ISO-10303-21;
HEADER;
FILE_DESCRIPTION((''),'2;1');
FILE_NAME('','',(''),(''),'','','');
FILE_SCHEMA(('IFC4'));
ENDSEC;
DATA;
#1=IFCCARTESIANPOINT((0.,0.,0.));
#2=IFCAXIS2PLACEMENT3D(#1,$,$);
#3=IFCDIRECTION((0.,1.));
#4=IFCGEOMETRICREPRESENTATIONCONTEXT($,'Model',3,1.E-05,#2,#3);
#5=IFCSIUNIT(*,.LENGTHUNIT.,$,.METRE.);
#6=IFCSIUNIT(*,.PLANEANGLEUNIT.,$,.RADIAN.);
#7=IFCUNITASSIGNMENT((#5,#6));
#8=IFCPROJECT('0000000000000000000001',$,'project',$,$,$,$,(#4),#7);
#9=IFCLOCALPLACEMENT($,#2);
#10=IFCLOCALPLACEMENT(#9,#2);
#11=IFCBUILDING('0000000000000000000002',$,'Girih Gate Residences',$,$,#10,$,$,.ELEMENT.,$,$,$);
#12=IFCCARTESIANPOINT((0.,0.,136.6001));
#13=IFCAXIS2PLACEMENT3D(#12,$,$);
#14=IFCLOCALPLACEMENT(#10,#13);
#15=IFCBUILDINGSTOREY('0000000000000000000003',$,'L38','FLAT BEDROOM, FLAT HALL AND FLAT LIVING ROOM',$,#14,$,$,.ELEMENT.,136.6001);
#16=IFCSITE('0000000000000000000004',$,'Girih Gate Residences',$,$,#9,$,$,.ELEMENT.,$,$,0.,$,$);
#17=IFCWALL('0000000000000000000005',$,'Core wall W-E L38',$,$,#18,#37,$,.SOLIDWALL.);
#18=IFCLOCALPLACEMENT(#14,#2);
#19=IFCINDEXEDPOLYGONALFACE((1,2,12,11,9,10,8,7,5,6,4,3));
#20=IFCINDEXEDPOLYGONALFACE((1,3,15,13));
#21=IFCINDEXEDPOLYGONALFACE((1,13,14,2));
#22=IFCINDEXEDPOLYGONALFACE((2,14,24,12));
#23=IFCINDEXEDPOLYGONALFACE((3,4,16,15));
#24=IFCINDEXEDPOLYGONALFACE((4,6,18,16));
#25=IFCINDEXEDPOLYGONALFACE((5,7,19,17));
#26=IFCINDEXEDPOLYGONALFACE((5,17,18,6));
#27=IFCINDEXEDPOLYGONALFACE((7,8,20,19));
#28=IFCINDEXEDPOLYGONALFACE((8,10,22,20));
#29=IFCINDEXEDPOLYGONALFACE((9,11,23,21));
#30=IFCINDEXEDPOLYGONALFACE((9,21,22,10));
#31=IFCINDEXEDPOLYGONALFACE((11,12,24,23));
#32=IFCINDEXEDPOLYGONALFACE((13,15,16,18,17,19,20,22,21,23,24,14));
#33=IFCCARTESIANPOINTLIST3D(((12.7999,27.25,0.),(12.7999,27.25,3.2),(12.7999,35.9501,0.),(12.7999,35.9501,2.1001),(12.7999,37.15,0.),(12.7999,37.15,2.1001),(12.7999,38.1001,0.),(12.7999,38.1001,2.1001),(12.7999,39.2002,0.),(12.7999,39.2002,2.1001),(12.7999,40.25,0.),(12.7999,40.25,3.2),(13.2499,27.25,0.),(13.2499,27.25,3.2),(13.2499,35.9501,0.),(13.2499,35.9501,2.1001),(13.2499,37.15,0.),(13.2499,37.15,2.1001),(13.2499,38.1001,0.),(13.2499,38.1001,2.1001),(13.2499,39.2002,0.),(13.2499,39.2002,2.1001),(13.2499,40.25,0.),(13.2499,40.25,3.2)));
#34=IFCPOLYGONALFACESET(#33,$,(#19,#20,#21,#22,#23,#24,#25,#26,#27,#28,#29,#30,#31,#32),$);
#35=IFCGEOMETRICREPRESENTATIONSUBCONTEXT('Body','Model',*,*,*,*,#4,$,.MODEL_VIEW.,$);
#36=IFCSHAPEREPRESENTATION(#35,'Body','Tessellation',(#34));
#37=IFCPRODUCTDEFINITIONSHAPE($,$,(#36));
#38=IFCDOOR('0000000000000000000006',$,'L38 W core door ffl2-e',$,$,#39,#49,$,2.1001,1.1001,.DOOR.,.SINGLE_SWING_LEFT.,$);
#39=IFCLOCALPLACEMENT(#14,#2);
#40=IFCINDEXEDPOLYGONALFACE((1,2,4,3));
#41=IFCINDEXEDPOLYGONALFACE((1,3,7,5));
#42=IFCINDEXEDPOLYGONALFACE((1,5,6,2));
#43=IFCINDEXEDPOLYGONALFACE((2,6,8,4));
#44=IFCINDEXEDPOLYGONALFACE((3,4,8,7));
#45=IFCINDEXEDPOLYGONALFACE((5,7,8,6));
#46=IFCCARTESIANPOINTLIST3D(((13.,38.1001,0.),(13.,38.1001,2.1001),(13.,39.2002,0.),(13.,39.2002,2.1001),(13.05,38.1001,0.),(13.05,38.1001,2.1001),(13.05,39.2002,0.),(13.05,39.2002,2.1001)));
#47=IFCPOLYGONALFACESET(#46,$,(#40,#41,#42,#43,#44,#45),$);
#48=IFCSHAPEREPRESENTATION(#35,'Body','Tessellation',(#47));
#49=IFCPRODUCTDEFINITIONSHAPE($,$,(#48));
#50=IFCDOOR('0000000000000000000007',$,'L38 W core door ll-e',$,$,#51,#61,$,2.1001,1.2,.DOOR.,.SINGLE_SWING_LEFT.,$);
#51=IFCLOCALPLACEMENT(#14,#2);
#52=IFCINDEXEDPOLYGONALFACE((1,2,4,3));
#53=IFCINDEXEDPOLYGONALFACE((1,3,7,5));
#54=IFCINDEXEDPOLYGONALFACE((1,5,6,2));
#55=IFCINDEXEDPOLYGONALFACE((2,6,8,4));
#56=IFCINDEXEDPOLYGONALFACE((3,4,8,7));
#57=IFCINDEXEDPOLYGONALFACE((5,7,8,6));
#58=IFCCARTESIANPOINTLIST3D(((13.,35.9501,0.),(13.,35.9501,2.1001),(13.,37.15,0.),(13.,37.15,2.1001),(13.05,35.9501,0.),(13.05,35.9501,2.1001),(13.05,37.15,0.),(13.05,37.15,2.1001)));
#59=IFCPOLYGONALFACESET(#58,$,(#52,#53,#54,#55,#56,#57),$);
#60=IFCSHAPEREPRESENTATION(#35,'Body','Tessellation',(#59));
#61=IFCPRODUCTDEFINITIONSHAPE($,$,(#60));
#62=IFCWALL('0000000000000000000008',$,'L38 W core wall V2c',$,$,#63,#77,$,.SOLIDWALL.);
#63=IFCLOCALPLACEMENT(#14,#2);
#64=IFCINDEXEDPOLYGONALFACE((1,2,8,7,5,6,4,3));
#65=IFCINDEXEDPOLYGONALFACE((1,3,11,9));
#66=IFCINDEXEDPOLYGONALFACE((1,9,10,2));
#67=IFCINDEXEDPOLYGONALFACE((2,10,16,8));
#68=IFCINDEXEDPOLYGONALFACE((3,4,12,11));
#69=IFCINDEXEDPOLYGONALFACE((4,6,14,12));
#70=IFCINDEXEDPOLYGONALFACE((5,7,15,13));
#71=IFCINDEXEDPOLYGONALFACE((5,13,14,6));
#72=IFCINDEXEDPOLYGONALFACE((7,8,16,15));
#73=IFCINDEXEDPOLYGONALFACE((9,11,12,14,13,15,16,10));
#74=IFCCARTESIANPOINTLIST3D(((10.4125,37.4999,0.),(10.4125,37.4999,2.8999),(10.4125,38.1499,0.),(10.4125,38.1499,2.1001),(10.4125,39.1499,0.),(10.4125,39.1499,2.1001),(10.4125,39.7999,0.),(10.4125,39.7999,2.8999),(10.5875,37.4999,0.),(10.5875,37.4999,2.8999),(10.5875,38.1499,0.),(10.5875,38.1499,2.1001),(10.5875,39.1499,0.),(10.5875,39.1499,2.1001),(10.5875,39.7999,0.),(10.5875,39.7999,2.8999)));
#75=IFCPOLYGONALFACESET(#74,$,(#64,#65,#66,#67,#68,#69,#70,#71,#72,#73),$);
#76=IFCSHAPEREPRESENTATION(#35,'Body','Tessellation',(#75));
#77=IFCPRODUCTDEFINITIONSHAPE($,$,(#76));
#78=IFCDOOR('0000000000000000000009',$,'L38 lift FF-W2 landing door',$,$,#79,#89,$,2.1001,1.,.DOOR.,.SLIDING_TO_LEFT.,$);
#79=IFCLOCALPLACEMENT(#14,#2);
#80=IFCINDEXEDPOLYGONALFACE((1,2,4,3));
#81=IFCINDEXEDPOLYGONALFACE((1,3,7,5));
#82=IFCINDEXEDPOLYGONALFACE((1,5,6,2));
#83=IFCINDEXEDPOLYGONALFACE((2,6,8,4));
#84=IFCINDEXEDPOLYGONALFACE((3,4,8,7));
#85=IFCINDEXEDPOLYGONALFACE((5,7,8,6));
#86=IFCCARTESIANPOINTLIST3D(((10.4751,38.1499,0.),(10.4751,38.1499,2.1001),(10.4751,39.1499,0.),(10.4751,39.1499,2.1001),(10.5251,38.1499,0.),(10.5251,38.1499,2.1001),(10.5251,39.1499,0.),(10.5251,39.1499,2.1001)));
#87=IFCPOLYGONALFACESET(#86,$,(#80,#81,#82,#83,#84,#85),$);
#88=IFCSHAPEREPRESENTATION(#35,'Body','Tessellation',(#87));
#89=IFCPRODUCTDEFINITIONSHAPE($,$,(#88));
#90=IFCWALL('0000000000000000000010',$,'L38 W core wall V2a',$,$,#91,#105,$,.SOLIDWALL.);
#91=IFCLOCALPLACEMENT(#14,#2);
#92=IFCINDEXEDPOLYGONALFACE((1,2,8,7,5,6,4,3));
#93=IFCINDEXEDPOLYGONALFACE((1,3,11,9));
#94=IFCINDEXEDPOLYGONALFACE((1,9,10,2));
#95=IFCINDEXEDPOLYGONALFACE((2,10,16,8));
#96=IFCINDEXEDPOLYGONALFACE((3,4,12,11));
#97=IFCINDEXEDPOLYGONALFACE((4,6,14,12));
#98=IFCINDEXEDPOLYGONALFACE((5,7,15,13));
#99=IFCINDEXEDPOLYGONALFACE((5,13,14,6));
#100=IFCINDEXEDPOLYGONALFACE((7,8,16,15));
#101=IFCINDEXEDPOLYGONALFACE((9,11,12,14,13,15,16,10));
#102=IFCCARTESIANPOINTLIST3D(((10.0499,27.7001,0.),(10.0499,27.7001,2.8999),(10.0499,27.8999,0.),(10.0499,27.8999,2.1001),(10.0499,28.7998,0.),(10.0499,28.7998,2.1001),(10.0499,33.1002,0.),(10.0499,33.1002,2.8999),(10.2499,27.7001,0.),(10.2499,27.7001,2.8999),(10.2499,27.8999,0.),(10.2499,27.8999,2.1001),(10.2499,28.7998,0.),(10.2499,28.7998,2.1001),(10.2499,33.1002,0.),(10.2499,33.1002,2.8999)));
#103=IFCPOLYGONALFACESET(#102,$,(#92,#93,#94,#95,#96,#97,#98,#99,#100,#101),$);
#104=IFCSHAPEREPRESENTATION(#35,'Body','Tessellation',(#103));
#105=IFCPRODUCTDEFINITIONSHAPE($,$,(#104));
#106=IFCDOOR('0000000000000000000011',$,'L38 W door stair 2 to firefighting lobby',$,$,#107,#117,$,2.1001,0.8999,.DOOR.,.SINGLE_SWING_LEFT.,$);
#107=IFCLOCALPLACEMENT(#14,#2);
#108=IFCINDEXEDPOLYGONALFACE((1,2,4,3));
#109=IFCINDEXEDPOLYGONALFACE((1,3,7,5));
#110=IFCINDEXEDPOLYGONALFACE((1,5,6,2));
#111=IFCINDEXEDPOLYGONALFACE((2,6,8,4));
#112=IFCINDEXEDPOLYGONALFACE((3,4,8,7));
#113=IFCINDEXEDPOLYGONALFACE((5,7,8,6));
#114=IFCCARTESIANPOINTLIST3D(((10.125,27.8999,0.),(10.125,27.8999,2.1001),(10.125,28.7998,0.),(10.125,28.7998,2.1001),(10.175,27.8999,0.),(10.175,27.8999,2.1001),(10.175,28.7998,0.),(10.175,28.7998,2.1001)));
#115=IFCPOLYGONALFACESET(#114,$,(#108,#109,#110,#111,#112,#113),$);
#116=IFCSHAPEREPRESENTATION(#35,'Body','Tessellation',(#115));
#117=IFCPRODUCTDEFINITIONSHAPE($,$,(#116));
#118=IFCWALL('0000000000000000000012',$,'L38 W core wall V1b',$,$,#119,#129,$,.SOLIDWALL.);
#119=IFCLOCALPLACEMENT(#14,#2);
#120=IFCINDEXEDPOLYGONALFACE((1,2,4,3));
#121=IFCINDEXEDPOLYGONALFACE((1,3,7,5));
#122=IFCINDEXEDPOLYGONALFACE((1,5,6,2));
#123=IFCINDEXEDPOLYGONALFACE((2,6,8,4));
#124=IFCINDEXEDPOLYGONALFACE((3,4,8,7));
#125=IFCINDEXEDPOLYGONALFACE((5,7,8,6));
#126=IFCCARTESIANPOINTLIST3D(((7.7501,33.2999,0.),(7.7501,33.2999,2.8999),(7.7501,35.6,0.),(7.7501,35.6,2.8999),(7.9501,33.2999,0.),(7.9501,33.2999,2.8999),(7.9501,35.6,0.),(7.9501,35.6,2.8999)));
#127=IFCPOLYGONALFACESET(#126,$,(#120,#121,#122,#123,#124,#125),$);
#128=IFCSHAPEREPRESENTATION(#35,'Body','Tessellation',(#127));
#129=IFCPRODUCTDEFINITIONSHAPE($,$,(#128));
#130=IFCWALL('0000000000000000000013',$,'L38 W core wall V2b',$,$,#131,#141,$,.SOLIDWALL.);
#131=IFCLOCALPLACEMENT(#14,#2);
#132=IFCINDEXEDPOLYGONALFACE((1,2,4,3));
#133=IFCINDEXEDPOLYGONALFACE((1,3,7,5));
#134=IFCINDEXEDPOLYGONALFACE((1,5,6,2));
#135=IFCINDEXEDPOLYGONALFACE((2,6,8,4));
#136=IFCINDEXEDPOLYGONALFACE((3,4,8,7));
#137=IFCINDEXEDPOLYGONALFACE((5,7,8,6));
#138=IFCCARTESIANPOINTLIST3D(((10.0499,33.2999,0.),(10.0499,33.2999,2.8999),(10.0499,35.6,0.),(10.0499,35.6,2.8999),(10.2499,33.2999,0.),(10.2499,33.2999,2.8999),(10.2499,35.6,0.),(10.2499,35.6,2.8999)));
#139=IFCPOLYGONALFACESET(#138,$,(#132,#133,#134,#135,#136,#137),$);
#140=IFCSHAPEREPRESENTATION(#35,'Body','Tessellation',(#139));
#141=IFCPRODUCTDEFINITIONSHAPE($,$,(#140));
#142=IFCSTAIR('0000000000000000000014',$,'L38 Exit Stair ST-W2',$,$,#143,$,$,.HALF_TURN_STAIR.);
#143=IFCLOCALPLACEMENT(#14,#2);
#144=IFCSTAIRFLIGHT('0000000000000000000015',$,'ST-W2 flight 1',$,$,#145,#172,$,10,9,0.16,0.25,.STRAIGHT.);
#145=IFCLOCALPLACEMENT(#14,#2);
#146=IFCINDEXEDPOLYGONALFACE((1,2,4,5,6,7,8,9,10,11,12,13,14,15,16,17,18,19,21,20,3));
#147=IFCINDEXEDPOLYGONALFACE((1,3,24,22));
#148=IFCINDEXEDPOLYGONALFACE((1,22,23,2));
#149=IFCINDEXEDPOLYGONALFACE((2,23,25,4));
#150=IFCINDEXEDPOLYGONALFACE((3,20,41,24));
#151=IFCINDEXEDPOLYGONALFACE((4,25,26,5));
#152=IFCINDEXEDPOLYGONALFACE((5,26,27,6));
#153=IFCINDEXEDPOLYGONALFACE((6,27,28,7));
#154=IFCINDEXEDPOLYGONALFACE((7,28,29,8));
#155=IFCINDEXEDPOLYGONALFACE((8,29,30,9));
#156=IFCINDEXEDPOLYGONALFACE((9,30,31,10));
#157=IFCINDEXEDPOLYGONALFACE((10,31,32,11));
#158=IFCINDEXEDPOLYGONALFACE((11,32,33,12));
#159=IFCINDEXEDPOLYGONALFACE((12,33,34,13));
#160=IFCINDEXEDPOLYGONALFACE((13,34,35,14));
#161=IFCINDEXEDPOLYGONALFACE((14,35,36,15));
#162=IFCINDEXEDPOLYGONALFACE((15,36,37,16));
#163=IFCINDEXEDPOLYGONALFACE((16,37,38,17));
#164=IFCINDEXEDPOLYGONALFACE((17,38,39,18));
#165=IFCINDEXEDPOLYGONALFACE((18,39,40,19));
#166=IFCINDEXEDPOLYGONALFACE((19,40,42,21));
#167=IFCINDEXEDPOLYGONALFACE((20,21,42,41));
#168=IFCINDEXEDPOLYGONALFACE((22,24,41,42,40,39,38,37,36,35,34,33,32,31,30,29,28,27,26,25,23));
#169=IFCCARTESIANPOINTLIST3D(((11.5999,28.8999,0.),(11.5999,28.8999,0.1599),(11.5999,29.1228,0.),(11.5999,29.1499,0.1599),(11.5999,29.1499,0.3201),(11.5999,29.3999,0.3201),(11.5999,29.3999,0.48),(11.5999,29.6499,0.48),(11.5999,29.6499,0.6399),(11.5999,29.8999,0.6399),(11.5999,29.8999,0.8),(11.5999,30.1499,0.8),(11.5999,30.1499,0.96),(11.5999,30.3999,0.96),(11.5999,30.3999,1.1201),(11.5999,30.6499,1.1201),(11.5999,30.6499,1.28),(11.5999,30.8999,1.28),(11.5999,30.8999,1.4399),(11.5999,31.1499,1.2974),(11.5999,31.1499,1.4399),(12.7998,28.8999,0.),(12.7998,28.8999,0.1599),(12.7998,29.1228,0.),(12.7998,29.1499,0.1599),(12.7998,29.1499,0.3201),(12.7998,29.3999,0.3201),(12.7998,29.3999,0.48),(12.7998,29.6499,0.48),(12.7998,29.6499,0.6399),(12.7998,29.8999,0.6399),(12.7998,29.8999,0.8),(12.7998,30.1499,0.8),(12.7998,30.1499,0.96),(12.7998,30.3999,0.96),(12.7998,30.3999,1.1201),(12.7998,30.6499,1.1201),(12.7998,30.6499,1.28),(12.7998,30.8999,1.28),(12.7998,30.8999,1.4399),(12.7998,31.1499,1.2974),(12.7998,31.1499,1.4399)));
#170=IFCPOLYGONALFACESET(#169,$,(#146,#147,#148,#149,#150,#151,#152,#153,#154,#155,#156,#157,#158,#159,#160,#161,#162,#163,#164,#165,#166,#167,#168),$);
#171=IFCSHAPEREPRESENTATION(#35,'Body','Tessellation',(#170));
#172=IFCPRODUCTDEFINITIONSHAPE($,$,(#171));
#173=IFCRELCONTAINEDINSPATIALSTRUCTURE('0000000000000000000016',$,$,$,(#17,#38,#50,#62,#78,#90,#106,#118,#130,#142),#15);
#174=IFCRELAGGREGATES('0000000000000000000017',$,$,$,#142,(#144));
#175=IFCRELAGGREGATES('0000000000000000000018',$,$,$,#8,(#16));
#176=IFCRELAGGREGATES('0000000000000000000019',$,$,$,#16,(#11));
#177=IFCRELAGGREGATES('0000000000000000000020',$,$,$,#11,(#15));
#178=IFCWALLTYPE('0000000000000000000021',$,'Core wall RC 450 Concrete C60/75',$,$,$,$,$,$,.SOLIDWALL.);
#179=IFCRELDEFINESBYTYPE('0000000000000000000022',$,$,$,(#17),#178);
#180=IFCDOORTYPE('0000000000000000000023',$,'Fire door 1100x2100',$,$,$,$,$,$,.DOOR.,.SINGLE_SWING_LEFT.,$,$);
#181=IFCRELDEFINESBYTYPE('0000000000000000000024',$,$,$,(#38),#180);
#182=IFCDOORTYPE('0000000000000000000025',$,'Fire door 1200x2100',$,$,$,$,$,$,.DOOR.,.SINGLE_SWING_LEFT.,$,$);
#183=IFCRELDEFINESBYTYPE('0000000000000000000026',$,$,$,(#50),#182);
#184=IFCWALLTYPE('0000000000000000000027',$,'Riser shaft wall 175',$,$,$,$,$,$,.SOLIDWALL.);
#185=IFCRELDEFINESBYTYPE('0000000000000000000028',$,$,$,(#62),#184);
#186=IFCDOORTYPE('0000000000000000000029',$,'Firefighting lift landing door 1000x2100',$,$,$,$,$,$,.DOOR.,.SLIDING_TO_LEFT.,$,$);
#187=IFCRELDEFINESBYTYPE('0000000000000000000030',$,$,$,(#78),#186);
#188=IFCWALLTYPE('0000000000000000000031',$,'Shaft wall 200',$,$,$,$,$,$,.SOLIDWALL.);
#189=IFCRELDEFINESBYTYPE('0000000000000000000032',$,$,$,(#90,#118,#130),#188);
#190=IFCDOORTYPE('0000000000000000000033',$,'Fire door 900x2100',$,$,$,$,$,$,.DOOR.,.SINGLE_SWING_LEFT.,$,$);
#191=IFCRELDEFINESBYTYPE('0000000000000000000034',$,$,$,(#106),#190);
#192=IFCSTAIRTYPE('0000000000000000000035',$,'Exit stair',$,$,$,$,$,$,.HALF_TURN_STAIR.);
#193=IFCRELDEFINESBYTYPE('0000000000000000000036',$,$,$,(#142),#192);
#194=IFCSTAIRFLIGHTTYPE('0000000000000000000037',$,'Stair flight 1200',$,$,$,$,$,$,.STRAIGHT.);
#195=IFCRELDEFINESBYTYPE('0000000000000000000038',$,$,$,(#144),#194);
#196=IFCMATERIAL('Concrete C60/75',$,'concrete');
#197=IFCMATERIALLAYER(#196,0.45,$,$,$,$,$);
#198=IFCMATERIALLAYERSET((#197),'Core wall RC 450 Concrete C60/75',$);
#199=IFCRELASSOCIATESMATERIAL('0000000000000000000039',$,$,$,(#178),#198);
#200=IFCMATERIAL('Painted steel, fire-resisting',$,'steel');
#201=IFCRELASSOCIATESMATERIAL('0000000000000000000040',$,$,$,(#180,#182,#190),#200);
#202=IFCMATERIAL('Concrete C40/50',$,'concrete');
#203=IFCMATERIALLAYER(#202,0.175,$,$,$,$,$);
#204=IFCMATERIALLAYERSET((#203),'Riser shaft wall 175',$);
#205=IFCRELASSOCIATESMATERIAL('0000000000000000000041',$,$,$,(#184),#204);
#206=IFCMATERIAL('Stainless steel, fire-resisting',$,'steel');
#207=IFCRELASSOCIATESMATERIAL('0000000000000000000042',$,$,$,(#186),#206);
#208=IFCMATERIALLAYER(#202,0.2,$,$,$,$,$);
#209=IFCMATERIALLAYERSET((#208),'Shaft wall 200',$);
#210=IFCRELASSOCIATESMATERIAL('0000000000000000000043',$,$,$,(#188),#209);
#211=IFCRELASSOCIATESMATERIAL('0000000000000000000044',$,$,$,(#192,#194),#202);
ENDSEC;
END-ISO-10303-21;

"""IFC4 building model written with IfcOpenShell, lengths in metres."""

from ifc_helpers import new_model, si_unit, direction, frame, frame_2d, origin, place, context, subcontext, project, spatial, polyline, rectangle, outline, extrude, material, layer, layer_set, type_object, element, fill, aggregate, save


model = new_model("IFC4")

# Units and contexts
model_context = context("Model", 3, precision=1e-05, world=origin(), true_north=direction((0.0, 1.0)))
body_context = subcontext(model_context, "Body", "Model", "MODEL_VIEW")
ifc_project = project(units=[si_unit("LENGTHUNIT", "METRE"), si_unit("PLANEANGLEUNIT", "RADIAN")], contexts=[model_context])

# Site, building, storey
site_placement = place(None, origin())
site = spatial("IfcSite", under=ifc_project, at=site_placement, Name="Girih Gate Residences", CompositionType="ELEMENT", RefElevation=0.0)
building_placement = place(site_placement, origin())
building = spatial("IfcBuilding", under=site, at=building_placement, Name="Girih Gate Residences", CompositionType="ELEMENT")
storey_placement = place(building_placement, frame((0.0, 0.0, 136.6001)))
storey = spatial("IfcBuildingStorey", under=building, at=storey_placement, Name="L38", Description="FLAT BEDROOM, FLAT HALL AND FLAT LIVING ROOM", CompositionType="ELEMENT", Elevation=136.6001)

# Shared definitions
ifc_material_1 = material(Name="Concrete C60/75", Category="concrete")

# Wall, openings, doors
ifc_layer_1 = layer(ifc_material_1, 0.45)
ifc_layer_set_1 = layer_set([ifc_layer_1], Name="Core wall RC 450 Concrete C60/75")
wall_type_1 = type_object("IfcWallType", Name="Core wall RC 450 Concrete C60/75", PredefinedType="SOLIDWALL", material=ifc_layer_set_1)
wall_1_placement = place(storey_placement, frame((13.0249, 27.25, 0.0), z_axis=(0.0, 0.0, 1.0), x_axis=(0.0, 1.0, 0.0)))
wall_1 = element("IfcWall", 1, at=wall_1_placement, inside=storey, type_object=wall_type_1, Name="Core wall W-E L38", PredefinedType="SOLIDWALL", context=body_context, shape_type="SweptSolid", body=[
    extrude(rectangle(XDim=13.0, YDim=0.45, at=frame_2d((6.5, 0.0))), origin(), (0.0, 0.0, 1.0), 3.2),
])
opening_1_placement = place(wall_1_placement, frame((10.8501, 0.0, 0.0)))
opening_1 = element("IfcOpeningElement", 2, at=opening_1_placement, cuts=wall_1, PredefinedType="OPENING", context=body_context, shape_type="SweptSolid", body=[
    extrude(rectangle(XDim=1.1001, YDim=2.1001, at=frame_2d((0.55, 1.05))), frame((0.0, 0.2349, 0.0), z_axis=(0.0, -1.0, 0.0), x_axis=(1.0, 0.0, 0.0)), (0.0, 0.0, 1.0), 0.47),
])
opening_2_placement = place(wall_1_placement, frame((8.7, 0.0, 0.0)))
opening_2 = element("IfcOpeningElement", 3, at=opening_2_placement, cuts=wall_1, PredefinedType="OPENING", context=body_context, shape_type="SweptSolid", body=[
    extrude(rectangle(XDim=1.2, YDim=2.1001, at=frame_2d((0.6001, 1.05))), frame((0.0, 0.2349, 0.0), z_axis=(0.0, -1.0, 0.0), x_axis=(1.0, 0.0, 0.0)), (0.0, 0.0, 1.0), 0.47),
])
ifc_material_2 = material(Name="Painted steel, fire-resisting", Category="steel")
door_type_1 = type_object("IfcDoorType", Name="Fire door 1100x2100", OperationType="SINGLE_SWING_LEFT", PredefinedType="DOOR", material=ifc_material_2)
door_1_placement = place(opening_1_placement, origin())
door_1 = element("IfcDoor", 4, at=door_1_placement, inside=storey, type_object=door_type_1, Name="L38 W core door ffl2-e", OperationType="SINGLE_SWING_LEFT", OverallHeight=2.1001, OverallWidth=1.1001, PredefinedType="DOOR", context=body_context, shape_type="SweptSolid", body=[
    extrude(rectangle(XDim=1.1001, YDim=2.1001, at=frame_2d((0.55, 1.05))), frame((0.0, 0.0249, 0.0), z_axis=(0.0, -1.0, 0.0), x_axis=(1.0, 0.0, 0.0)), (0.0, 0.0, 1.0), 0.05),
])
fill(opening_1, door_1)
door_type_2 = type_object("IfcDoorType", Name="Fire door 1200x2100", OperationType="SINGLE_SWING_LEFT", PredefinedType="DOOR", material=ifc_material_2)
door_2_placement = place(opening_2_placement, origin())
door_2 = element("IfcDoor", 5, at=door_2_placement, inside=storey, type_object=door_type_2, Name="L38 W core door ll-e", OperationType="SINGLE_SWING_LEFT", OverallHeight=2.1001, OverallWidth=1.2, PredefinedType="DOOR", context=body_context, shape_type="SweptSolid", body=[
    extrude(rectangle(XDim=1.2, YDim=2.1001, at=frame_2d((0.6001, 1.05))), frame((0.0, 0.0249, 0.0), z_axis=(0.0, -1.0, 0.0), x_axis=(1.0, 0.0, 0.0)), (0.0, 0.0, 1.0), 0.05),
])
fill(opening_2, door_2)

# Walls, openings, doors
ifc_material_3 = material(Name="Concrete C40/50", Category="concrete")
ifc_layer_2 = layer(ifc_material_3, 0.175)
ifc_layer_set_2 = layer_set([ifc_layer_2], Name="Riser shaft wall 175")
wall_type_2 = type_object("IfcWallType", Name="Riser shaft wall 175", PredefinedType="SOLIDWALL", material=ifc_layer_set_2)
wall_2_placement = place(storey_placement, frame((10.5, 37.5, 0.0), z_axis=(0.0, 0.0, 1.0), x_axis=(0.0, 1.0, 0.0)))
wall_2 = element("IfcWall", 6, at=wall_2_placement, inside=storey, type_object=wall_type_2, Name="L38 W core wall V2c", PredefinedType="SOLIDWALL", context=body_context, shape_type="SweptSolid", body=[
    extrude(rectangle(XDim=2.3, YDim=0.175, at=frame_2d((1.1499, 0.0))), origin(), (0.0, 0.0, 1.0), 2.8999),
])
opening_3_placement = place(wall_2_placement, frame((0.6499, 0.0, 0.0)))
opening_3 = element("IfcOpeningElement", 7, at=opening_3_placement, cuts=wall_2, PredefinedType="OPENING", context=body_context, shape_type="SweptSolid", body=[
    extrude(rectangle(XDim=1.0, YDim=2.1001, at=frame_2d((0.5, 1.05))), frame((0.0, 0.0974, 0.0), z_axis=(0.0, -1.0, 0.0), x_axis=(1.0, 0.0, 0.0)), (0.0, 0.0, 1.0), 0.1951),
])
ifc_material_4 = material(Name="Stainless steel, fire-resisting", Category="steel")
door_type_3 = type_object("IfcDoorType", Name="Firefighting lift landing door 1000x2100", OperationType="SLIDING_TO_LEFT", PredefinedType="DOOR", material=ifc_material_4)
door_3_placement = place(opening_3_placement, origin())
door_3 = element("IfcDoor", 8, at=door_3_placement, inside=storey, type_object=door_type_3, Name="L38 lift FF-W2 landing door", OperationType="SLIDING_TO_LEFT", OverallHeight=2.1001, OverallWidth=1.0, PredefinedType="DOOR", context=body_context, shape_type="SweptSolid", body=[
    extrude(rectangle(XDim=1.0, YDim=2.1001, at=frame_2d((0.5, 1.05))), frame((0.0, 0.0249, 0.0), z_axis=(0.0, -1.0, 0.0), x_axis=(1.0, 0.0, 0.0)), (0.0, 0.0, 1.0), 0.05),
])
fill(opening_3, door_3)
ifc_layer_3 = layer(ifc_material_3, 0.2)
ifc_layer_set_3 = layer_set([ifc_layer_3], Name="Shaft wall 200")
wall_type_3 = type_object("IfcWallType", Name="Shaft wall 200", PredefinedType="SOLIDWALL", material=ifc_layer_set_3)
wall_3_placement = place(storey_placement, frame((10.1499, 27.7, 0.0), z_axis=(0.0, 0.0, 1.0), x_axis=(0.0, 1.0, 0.0)))
wall_3 = element("IfcWall", 9, at=wall_3_placement, inside=storey, type_object=wall_type_3, Name="L38 W core wall V2a", PredefinedType="SOLIDWALL", context=body_context, shape_type="SweptSolid", body=[
    extrude(rectangle(XDim=5.4001, YDim=0.2, at=frame_2d((2.7002, 0.0))), origin(), (0.0, 0.0, 1.0), 2.8999),
])
opening_4_placement = place(wall_3_placement, frame((0.2, 0.0, 0.0)))
opening_4 = element("IfcOpeningElement", 10, at=opening_4_placement, cuts=wall_3, PredefinedType="OPENING", context=body_context, shape_type="SweptSolid", body=[
    extrude(rectangle(XDim=0.8999, YDim=2.1001, at=frame_2d((0.45, 1.05))), frame((0.0, 0.1099, 0.0), z_axis=(0.0, -1.0, 0.0), x_axis=(1.0, 0.0, 0.0)), (0.0, 0.0, 1.0), 0.22),
])
door_type_4 = type_object("IfcDoorType", Name="Fire door 900x2100", OperationType="SINGLE_SWING_LEFT", PredefinedType="DOOR", material=ifc_material_2)
door_4_placement = place(opening_4_placement, origin())
door_4 = element("IfcDoor", 11, at=door_4_placement, inside=storey, type_object=door_type_4, Name="L38 W door stair 2 to firefighting lobby", OperationType="SINGLE_SWING_LEFT", OverallHeight=2.1001, OverallWidth=0.8999, PredefinedType="DOOR", context=body_context, shape_type="SweptSolid", body=[
    extrude(rectangle(XDim=0.8999, YDim=2.1001, at=frame_2d((0.45, 1.05))), frame((0.0, 0.0249, 0.0), z_axis=(0.0, -1.0, 0.0), x_axis=(1.0, 0.0, 0.0)), (0.0, 0.0, 1.0), 0.05),
])
fill(opening_4, door_4)

# Walls
for number, where, z_axis, x_axis, name in (
    (12, (7.8501, 33.3, 0.0), (0.0, 0.0, 1.0), (0.0, 1.0, 0.0), "L38 W core wall V1b"),
    (13, (10.1499, 33.3, 0.0), (0.0, 0.0, 1.0), (0.0, 1.0, 0.0), "L38 W core wall V2b"),
):
    element("IfcWall", number, at=place(storey_placement, frame(where, z_axis=z_axis, x_axis=x_axis)), inside=storey, type_object=wall_type_3, Name=name, PredefinedType="SOLIDWALL", context=body_context, shape_type="SweptSolid", body=[
        extrude(rectangle(XDim=2.3, YDim=0.2, at=frame_2d((1.1499, 0.0))), origin(), (0.0, 0.0, 1.0), 2.8999),
    ])

# Stair, stair flight
stair_type = type_object("IfcStairType", Name="Exit stair", PredefinedType="HALF_TURN_STAIR", material=ifc_material_3)
stair_placement = place(storey_placement, origin())
stair = element("IfcStair", 14, at=stair_placement, inside=storey, type_object=stair_type, Name="L38 Exit Stair ST-W2", PredefinedType="HALF_TURN_STAIR")
stair_flight_type = type_object("IfcStairFlightType", Name="Stair flight 1200", PredefinedType="STRAIGHT", material=ifc_material_3)
stair_flight_1_placement = place(storey_placement, frame((12.2, 28.8999, 0.0), z_axis=(0.0, 0.0, 1.0), x_axis=(0.0, 1.0, 0.0)))
stair_flight_1 = element("IfcStairFlight", 15, at=stair_flight_1_placement, type_object=stair_flight_type, Name="ST-W2 flight 1", NumberOfRisers=10, NumberOfTreads=9, PredefinedType="STRAIGHT", RiserHeight=0.16, TreadLength=0.25, context=body_context, shape_type="SweptSolid", body=[
    extrude(outline(polyline([(0.0, 0.0), (0.0, 0.1599), (0.25, 0.1599), (0.25, 0.3201), (0.5, 0.3201), (0.5, 0.48), (0.75, 0.48), (0.75, 0.6399), (1.0, 0.6399), (1.0, 0.8), (1.25, 0.8), (1.25, 0.96), (1.5, 0.96), (1.5, 1.1201), (1.75, 1.1201), (1.75, 1.28), (2.0, 1.28), (2.0, 1.4399), (2.25, 1.4399), (2.25, 1.6001), (2.25, 1.2974), (0.2229, 0.0), (0.0, 0.0)])), frame((0.0, 0.6001, 0.0), z_axis=(0.0, -1.0, 0.0), x_axis=(1.0, 0.0, 0.0)), (0.0, 0.0, 1.0), 1.2),
])
aggregate(stair, [stair_flight_1])

save(model, "model.ifc")
